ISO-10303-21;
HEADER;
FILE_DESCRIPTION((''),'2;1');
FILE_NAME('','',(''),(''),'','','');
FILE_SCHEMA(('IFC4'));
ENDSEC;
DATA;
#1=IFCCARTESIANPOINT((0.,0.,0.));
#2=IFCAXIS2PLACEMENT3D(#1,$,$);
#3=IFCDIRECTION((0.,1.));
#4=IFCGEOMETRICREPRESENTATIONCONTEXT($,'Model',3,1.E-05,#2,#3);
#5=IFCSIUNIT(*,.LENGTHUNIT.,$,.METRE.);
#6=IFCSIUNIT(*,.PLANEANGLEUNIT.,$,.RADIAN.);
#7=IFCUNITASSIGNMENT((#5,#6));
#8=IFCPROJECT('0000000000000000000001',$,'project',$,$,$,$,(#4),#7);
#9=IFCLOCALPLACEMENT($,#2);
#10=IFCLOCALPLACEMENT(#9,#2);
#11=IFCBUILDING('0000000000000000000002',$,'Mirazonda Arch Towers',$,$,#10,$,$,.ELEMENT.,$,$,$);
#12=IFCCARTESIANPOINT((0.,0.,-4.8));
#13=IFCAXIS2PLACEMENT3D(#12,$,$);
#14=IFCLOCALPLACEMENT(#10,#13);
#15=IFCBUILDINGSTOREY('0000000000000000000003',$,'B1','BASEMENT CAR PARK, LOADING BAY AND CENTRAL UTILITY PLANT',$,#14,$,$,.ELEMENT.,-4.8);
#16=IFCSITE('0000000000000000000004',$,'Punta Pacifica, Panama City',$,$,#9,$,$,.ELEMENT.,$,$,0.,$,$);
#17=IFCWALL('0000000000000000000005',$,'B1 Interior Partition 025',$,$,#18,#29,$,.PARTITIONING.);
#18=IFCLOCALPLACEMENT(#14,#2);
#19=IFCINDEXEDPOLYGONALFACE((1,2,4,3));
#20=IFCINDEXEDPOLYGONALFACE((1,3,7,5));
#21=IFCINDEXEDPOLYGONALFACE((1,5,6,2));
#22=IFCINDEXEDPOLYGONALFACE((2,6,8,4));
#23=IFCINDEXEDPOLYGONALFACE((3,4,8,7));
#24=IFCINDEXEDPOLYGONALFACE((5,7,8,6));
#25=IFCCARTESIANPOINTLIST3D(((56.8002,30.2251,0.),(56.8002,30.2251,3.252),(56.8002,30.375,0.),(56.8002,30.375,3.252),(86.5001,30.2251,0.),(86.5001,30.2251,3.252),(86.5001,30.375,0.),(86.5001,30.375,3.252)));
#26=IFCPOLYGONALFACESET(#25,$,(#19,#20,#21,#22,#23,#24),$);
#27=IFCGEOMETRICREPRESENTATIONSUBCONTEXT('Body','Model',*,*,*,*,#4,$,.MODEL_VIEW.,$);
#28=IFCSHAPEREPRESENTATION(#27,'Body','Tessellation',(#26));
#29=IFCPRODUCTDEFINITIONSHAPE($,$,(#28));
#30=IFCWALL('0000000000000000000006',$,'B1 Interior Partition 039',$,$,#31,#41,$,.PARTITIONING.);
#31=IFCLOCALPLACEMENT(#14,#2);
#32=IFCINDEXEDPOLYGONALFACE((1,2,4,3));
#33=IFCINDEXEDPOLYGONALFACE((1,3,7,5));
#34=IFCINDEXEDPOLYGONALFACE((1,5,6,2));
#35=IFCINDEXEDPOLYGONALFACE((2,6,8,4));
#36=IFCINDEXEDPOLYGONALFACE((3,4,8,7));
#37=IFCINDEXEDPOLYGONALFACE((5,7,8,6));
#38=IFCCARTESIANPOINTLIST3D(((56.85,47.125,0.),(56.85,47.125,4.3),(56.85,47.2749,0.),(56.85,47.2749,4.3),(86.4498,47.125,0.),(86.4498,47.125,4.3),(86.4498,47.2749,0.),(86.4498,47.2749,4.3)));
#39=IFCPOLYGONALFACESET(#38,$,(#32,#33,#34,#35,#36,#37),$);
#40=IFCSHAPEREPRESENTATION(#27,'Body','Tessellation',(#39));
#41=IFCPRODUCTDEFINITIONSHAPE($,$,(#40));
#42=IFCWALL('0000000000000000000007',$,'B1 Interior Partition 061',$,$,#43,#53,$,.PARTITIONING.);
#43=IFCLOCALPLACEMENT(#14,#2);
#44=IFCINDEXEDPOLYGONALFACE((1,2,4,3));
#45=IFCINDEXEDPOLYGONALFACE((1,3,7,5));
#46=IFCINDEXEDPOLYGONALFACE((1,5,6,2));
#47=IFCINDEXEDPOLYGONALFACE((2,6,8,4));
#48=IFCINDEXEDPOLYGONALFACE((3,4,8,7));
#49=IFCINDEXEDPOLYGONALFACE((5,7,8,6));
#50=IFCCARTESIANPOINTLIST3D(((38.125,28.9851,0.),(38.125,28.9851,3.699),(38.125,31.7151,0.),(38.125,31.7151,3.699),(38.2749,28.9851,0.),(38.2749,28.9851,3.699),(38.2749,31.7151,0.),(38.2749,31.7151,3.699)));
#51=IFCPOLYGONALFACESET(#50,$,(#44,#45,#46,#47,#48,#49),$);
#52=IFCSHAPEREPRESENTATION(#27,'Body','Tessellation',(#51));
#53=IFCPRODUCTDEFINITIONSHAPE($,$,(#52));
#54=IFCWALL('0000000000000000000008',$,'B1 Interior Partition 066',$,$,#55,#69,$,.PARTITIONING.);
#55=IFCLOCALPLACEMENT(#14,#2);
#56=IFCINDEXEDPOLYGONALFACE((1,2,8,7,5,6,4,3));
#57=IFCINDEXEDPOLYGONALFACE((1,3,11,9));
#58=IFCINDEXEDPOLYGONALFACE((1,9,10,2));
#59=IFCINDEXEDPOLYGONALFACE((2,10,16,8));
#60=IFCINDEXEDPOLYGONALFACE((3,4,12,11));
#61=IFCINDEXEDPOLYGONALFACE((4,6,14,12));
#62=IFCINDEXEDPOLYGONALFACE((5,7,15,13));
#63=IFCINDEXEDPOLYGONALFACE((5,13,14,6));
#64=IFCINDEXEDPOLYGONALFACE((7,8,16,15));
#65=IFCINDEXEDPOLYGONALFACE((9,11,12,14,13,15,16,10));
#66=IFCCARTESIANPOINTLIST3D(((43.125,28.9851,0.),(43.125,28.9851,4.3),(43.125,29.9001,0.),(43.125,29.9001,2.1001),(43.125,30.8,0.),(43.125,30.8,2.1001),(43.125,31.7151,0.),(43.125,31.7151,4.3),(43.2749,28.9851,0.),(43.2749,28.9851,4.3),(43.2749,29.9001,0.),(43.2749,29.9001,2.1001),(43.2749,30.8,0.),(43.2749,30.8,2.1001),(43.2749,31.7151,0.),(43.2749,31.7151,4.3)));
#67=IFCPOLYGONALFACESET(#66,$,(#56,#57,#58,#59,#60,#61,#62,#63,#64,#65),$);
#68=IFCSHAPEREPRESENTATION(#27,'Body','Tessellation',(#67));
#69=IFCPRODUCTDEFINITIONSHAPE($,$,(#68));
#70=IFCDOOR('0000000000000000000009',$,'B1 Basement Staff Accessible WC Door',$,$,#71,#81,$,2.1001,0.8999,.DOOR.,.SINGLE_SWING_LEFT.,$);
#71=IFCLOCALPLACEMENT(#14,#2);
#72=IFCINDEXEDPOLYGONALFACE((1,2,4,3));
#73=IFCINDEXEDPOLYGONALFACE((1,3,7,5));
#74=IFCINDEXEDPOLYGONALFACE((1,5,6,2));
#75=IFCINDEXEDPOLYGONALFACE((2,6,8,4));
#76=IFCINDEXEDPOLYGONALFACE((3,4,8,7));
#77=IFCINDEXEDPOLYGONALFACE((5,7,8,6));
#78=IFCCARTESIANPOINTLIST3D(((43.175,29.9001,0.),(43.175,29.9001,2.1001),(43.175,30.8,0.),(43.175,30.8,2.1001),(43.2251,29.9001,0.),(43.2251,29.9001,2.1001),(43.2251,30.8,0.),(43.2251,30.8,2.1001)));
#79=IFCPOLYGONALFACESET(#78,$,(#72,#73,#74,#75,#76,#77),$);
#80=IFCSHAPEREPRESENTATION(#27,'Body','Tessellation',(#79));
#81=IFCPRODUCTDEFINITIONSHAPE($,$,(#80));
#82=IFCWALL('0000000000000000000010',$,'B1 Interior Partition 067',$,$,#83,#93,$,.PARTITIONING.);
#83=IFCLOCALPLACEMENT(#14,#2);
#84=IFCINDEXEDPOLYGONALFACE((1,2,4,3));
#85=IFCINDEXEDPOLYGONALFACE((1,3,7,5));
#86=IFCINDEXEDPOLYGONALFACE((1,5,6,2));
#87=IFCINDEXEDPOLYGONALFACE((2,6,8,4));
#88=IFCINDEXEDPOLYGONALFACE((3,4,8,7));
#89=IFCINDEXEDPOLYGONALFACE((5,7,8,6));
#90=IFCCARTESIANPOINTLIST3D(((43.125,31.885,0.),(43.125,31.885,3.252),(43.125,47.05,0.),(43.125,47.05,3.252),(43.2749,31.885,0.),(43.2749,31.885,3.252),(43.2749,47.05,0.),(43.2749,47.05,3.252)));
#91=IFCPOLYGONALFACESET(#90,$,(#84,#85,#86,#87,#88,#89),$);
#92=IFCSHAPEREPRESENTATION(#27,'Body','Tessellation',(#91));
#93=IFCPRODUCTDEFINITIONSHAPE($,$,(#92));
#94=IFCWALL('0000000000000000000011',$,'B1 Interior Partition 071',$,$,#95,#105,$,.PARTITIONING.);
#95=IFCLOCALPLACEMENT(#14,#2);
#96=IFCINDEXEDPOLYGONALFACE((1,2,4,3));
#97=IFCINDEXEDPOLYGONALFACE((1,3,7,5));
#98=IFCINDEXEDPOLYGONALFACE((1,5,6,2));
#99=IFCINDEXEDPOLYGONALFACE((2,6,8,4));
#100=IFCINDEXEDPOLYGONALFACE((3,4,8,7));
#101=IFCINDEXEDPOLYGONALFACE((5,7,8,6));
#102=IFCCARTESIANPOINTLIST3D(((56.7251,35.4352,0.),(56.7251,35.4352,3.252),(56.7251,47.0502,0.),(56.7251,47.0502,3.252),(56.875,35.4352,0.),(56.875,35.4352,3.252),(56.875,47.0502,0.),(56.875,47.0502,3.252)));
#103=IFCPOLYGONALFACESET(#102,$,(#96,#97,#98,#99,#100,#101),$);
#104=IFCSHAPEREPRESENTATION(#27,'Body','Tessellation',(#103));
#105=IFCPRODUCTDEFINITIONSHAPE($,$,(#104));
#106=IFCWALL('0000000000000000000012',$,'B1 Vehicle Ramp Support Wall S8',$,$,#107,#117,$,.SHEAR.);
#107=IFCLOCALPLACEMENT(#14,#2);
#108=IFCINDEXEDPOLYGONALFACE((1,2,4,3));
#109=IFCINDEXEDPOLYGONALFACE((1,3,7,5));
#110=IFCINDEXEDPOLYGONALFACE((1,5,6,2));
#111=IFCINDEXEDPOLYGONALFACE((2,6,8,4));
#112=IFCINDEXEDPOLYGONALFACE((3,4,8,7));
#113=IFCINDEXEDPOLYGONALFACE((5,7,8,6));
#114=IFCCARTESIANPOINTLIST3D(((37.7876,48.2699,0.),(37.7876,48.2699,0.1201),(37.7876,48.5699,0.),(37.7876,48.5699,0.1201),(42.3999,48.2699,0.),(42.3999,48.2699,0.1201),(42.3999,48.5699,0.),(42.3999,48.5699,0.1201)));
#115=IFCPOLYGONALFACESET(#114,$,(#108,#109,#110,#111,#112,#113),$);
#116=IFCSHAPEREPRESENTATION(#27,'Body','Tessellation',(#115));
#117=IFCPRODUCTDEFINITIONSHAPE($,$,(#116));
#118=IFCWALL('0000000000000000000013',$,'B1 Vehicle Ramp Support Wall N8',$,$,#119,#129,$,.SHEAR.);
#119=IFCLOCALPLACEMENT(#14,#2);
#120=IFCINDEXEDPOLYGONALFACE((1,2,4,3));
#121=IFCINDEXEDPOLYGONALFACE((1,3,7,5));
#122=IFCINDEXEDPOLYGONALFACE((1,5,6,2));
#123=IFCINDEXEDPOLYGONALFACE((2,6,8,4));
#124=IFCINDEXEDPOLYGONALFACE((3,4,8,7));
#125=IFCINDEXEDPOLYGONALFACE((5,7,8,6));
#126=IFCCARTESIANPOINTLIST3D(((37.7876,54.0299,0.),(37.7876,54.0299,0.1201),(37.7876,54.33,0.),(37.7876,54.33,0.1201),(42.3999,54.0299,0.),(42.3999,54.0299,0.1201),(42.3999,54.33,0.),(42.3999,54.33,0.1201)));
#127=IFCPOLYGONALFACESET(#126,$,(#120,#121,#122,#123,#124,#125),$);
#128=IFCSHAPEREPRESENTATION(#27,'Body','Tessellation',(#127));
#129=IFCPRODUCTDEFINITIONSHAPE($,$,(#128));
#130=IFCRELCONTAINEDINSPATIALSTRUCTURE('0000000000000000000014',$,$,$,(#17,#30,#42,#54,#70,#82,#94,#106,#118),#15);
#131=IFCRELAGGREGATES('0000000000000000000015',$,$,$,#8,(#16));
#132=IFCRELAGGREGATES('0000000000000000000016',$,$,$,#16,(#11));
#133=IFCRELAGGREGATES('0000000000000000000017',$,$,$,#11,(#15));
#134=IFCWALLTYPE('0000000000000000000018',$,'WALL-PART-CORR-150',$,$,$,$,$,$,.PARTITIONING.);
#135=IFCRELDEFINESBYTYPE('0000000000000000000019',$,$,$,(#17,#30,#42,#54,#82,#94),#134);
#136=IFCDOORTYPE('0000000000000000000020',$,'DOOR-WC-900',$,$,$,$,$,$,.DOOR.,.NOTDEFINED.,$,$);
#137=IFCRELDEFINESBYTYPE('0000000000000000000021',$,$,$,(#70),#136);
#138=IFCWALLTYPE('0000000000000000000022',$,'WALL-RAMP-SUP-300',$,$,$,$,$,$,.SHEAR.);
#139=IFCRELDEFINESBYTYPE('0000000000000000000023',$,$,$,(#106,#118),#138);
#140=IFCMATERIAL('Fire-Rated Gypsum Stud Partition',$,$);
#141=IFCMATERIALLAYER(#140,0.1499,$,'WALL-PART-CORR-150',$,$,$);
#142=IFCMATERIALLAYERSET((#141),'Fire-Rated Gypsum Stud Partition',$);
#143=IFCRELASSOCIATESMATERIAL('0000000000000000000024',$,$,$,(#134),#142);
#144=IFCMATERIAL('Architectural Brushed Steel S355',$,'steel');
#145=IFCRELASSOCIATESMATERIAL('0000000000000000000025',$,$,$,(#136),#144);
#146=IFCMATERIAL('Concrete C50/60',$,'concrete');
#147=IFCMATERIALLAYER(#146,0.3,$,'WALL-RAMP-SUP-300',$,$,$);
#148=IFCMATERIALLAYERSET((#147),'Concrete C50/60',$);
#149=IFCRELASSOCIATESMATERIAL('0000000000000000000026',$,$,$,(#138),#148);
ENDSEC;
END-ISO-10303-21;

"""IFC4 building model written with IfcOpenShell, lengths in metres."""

from ifc_helpers import new_model, si_unit, direction, frame, frame_2d, origin, place, context, subcontext, project, spatial, rectangle, extrude, material, layer, layer_set, type_object, element, fill, save


model = new_model("IFC4")

# Units and contexts
model_context = context("Model", 3, precision=1e-05, world=origin(), true_north=direction((0.0, 1.0)))
body_context = subcontext(model_context, "Body", "Model", "MODEL_VIEW")
ifc_project = project(units=[si_unit("LENGTHUNIT", "METRE"), si_unit("PLANEANGLEUNIT", "RADIAN")], contexts=[model_context])

# Site, building, storey
site_placement = place(None, origin())
site = spatial("IfcSite", under=ifc_project, at=site_placement, Name="Punta Pacifica, Panama City", CompositionType="ELEMENT", RefElevation=0.0)
building_placement = place(site_placement, origin())
building = spatial("IfcBuilding", under=site, at=building_placement, Name="Mirazonda Arch Towers", CompositionType="ELEMENT")
storey_placement = place(building_placement, frame((0.0, 0.0, -4.8)))
storey = spatial("IfcBuildingStorey", under=building, at=storey_placement, Name="B1", Description="BASEMENT CAR PARK, LOADING BAY AND CENTRAL UTILITY PLANT", CompositionType="ELEMENT", Elevation=-4.8)

# Shared definitions
ifc_material_1 = material(Name="Concrete C50/60", Category="concrete")

# Walls
ifc_material_2 = material(Name="Fire-Rated Gypsum Stud Partition")
ifc_layer_1 = layer(ifc_material_2, 0.1499, Name="WALL-PART-CORR-150")
ifc_layer_set_1 = layer_set([ifc_layer_1], Name="Fire-Rated Gypsum Stud Partition")
wall_type_1 = type_object("IfcWallType", Name="WALL-PART-CORR-150", PredefinedType="PARTITIONING", material=ifc_layer_set_1)
wall_1_placement = place(storey_placement, frame((56.8, 30.3, 0.0), z_axis=(0.0, 0.0, 1.0), x_axis=(1.0, 0.0, 0.0)))
element("IfcWall", 1, at=wall_1_placement, inside=storey, type_object=wall_type_1, Name="B1 Interior Partition 025", PredefinedType="PARTITIONING", context=body_context, shape_type="SweptSolid", body=[
    extrude(rectangle(XDim=29.7, YDim=0.1499, at=frame_2d((14.8501, 0.0))), origin(), (0.0, 0.0, 1.0), 3.252),
])
wall_2_placement = place(storey_placement, frame((56.8501, 47.2, 0.0), z_axis=(0.0, 0.0, 1.0), x_axis=(1.0, 0.0, 0.0)))
element("IfcWall", 2, at=wall_2_placement, inside=storey, type_object=wall_type_1, Name="B1 Interior Partition 039", PredefinedType="PARTITIONING", context=body_context, shape_type="SweptSolid", body=[
    extrude(rectangle(XDim=29.5999, YDim=0.1499, at=frame_2d((14.7998, 0.0))), origin(), (0.0, 0.0, 1.0), 4.3),
])
wall_3_placement = place(storey_placement, frame((38.2, 28.9851, 0.0), z_axis=(0.0, 0.0, 1.0), x_axis=(0.0, 1.0, 0.0)))
element("IfcWall", 3, at=wall_3_placement, inside=storey, type_object=wall_type_1, Name="B1 Interior Partition 061", PredefinedType="PARTITIONING", context=body_context, shape_type="SweptSolid", body=[
    extrude(rectangle(XDim=2.73, YDim=0.1499, at=frame_2d((1.365, 0.0))), origin(), (0.0, 0.0, 1.0), 3.699),
])

# Wall, opening, door
wall_4_placement = place(storey_placement, frame((43.2, 28.9851, 0.0), z_axis=(0.0, 0.0, 1.0), x_axis=(0.0, 1.0, 0.0)))
wall_4 = element("IfcWall", 4, at=wall_4_placement, inside=storey, type_object=wall_type_1, Name="B1 Interior Partition 066", PredefinedType="PARTITIONING", context=body_context, shape_type="SweptSolid", body=[
    extrude(rectangle(XDim=2.73, YDim=0.1499, at=frame_2d((1.365, 0.0))), origin(), (0.0, 0.0, 1.0), 4.3),
])
opening_placement = place(wall_4_placement, frame((0.915, 0.0, 0.0)))
opening = element("IfcOpeningElement", 5, at=opening_placement, cuts=wall_4, PredefinedType="OPENING", context=body_context, shape_type="SweptSolid", body=[
    extrude(rectangle(XDim=0.8999, YDim=2.1001, at=frame_2d((0.45, 1.05))), frame((0.0, 0.085, 0.0), z_axis=(0.0, -1.0, 0.0), x_axis=(1.0, 0.0, 0.0)), (0.0, 0.0, 1.0), 0.1699),
])
ifc_material_3 = material(Name="Architectural Brushed Steel S355", Category="steel")
door_type = type_object("IfcDoorType", Name="DOOR-WC-900", OperationType="NOTDEFINED", PredefinedType="DOOR", material=ifc_material_3)
door_placement = place(opening_placement, origin())
door = element("IfcDoor", 6, at=door_placement, inside=storey, type_object=door_type, Name="B1 Basement Staff Accessible WC Door", OperationType="SINGLE_SWING_LEFT", OverallHeight=2.1001, OverallWidth=0.8999, PredefinedType="DOOR", context=body_context, shape_type="SweptSolid", body=[
    extrude(rectangle(XDim=0.8999, YDim=2.1001, at=frame_2d((0.45, 1.05))), frame((0.0, 0.0249, 0.0), z_axis=(0.0, -1.0, 0.0), x_axis=(1.0, 0.0, 0.0)), (0.0, 0.0, 1.0), 0.05),
])
fill(opening, door)

# Walls
wall_5_placement = place(storey_placement, frame((43.2, 31.885, 0.0), z_axis=(0.0, 0.0, 1.0), x_axis=(0.0, 1.0, 0.0)))
element("IfcWall", 7, at=wall_5_placement, inside=storey, type_object=wall_type_1, Name="B1 Interior Partition 067", PredefinedType="PARTITIONING", context=body_context, shape_type="SweptSolid", body=[
    extrude(rectangle(XDim=15.165, YDim=0.1499, at=frame_2d((7.5825, 0.0))), origin(), (0.0, 0.0, 1.0), 3.252),
])
wall_6_placement = place(storey_placement, frame((56.8, 35.4351, 0.0), z_axis=(0.0, 0.0, 1.0), x_axis=(0.0, 1.0, 0.0)))
element("IfcWall", 8, at=wall_6_placement, inside=storey, type_object=wall_type_1, Name="B1 Interior Partition 071", PredefinedType="PARTITIONING", context=body_context, shape_type="SweptSolid", body=[
    extrude(rectangle(XDim=11.615, YDim=0.1499, at=frame_2d((5.8076, 0.0))), origin(), (0.0, 0.0, 1.0), 3.252),
])
ifc_layer_2 = layer(ifc_material_1, 0.3, Name="WALL-RAMP-SUP-300")
ifc_layer_set_2 = layer_set([ifc_layer_2], Name="Concrete C50/60")
wall_type_2 = type_object("IfcWallType", Name="WALL-RAMP-SUP-300", PredefinedType="SHEAR", material=ifc_layer_set_2)
for number, where, z_axis, x_axis, name in (
    (9, (37.7876, 48.4199, 0.0), (0.0, 0.0, 1.0), (1.0, 0.0, 0.0), "B1 Vehicle Ramp Support Wall S8"),
    (10, (37.7876, 54.1799, 0.0), (0.0, 0.0, 1.0), (1.0, 0.0, 0.0), "B1 Vehicle Ramp Support Wall N8"),
):
    element("IfcWall", number, at=place(storey_placement, frame(where, z_axis=z_axis, x_axis=x_axis)), inside=storey, type_object=wall_type_2, Name=name, PredefinedType="SHEAR", context=body_context, shape_type="SweptSolid", body=[
        extrude(rectangle(XDim=4.6123, YDim=0.3, at=frame_2d((2.3062, 0.0))), origin(), (0.0, 0.0, 1.0), 0.1201),
    ])

save(model, "model.ifc")
